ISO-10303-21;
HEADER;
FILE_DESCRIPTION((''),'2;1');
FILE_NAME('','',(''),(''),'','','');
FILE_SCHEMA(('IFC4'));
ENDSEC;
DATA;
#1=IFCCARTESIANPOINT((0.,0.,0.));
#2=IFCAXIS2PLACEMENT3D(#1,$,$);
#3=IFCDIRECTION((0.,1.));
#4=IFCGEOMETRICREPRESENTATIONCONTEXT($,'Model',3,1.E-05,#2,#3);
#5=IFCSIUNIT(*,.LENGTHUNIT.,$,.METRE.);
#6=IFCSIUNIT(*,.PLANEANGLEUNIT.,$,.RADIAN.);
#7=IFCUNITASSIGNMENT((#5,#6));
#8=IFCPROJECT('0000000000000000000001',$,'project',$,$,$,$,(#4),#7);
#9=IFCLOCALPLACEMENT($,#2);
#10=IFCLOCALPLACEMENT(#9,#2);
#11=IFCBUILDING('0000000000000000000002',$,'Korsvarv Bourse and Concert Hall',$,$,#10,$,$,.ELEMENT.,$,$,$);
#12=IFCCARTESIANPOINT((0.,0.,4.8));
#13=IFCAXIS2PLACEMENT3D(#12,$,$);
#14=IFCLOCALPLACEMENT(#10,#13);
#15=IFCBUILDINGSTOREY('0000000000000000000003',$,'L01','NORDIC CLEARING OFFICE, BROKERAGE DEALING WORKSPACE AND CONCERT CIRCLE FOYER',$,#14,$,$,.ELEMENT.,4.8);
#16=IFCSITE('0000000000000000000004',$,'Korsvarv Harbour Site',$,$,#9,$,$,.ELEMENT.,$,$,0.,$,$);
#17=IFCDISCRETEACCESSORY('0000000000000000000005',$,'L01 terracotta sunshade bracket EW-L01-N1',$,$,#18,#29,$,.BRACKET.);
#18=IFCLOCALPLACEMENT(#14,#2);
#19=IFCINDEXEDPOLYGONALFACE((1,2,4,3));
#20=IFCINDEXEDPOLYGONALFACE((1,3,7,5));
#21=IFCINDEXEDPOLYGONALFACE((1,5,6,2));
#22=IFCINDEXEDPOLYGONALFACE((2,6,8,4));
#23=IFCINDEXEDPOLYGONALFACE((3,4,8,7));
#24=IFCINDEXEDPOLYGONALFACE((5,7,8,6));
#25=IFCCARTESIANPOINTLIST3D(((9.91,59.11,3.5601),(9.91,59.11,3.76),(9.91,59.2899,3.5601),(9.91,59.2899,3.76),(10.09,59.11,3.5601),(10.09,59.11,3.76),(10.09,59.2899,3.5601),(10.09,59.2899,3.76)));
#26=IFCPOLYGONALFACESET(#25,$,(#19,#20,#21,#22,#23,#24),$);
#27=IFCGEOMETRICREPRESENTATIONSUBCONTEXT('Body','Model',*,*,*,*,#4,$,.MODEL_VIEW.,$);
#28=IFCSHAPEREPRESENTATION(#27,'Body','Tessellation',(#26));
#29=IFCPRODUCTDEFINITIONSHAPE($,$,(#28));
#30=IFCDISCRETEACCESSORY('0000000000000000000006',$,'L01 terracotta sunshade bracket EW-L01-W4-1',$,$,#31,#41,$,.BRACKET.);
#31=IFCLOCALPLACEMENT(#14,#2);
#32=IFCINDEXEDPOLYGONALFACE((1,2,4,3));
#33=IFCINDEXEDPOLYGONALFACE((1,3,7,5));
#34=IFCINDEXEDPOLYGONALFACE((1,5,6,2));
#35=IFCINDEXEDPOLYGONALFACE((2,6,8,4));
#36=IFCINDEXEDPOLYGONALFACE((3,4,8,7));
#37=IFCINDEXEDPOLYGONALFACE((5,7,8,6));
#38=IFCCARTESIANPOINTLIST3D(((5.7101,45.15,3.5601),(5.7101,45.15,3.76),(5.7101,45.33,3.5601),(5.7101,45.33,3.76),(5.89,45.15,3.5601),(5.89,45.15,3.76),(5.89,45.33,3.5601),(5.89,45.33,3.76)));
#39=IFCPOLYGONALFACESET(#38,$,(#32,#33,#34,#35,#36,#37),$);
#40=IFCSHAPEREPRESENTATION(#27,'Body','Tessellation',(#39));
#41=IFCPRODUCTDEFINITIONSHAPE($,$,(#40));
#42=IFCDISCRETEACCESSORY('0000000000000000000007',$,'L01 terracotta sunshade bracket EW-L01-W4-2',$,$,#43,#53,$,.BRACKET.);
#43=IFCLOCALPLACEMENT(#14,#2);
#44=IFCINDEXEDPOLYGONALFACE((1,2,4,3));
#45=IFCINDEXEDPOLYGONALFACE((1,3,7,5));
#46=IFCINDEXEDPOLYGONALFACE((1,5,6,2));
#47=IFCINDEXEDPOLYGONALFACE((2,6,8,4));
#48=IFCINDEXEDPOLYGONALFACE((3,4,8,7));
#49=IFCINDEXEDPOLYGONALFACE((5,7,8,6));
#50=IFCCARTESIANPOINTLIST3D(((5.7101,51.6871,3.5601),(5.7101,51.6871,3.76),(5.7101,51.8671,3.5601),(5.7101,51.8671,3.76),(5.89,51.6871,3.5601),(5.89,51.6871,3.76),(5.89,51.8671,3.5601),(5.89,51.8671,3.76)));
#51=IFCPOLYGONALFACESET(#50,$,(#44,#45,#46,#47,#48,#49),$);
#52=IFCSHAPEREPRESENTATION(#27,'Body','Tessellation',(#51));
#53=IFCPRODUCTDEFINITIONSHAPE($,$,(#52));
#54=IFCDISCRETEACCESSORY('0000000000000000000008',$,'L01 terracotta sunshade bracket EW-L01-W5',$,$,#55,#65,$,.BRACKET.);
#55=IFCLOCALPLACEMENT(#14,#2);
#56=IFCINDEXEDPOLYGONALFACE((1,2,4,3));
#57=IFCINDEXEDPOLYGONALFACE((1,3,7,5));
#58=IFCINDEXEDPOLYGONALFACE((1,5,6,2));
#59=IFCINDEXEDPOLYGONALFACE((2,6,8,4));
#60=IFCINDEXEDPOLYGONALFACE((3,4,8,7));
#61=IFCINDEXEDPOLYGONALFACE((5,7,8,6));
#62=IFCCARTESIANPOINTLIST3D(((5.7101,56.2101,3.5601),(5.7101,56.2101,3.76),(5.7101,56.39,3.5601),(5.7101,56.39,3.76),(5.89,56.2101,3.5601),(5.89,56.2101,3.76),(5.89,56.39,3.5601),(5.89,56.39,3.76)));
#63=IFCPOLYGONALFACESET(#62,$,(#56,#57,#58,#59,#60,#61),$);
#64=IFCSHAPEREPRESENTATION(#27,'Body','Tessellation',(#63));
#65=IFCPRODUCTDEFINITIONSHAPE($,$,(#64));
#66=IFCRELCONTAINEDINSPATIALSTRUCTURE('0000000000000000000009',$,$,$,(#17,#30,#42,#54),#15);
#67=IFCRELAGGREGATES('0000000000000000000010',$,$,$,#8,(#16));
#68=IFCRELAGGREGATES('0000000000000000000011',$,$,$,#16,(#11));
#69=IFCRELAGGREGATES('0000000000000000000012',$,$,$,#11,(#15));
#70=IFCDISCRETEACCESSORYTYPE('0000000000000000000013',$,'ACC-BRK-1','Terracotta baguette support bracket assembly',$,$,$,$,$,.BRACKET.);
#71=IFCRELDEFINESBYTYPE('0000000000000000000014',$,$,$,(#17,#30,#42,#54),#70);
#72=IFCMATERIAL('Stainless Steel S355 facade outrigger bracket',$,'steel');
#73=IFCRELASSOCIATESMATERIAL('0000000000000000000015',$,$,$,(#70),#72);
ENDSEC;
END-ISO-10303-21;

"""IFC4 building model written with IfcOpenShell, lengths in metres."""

from ifc_helpers import new_model, si_unit, direction, frame, origin, origin_2d, place, context, subcontext, project, spatial, rectangle, extrude, source, transform, mapped, material, type_object, element, save


model = new_model("IFC4")

# Units and contexts
model_context = context("Model", 3, precision=1e-05, world=origin(), true_north=direction((0.0, 1.0)))
body_context = subcontext(model_context, "Body", "Model", "MODEL_VIEW")
ifc_project = project(units=[si_unit("LENGTHUNIT", "METRE"), si_unit("PLANEANGLEUNIT", "RADIAN")], contexts=[model_context])

# Site, building, storey
site_placement = place(None, origin())
site = spatial("IfcSite", under=ifc_project, at=site_placement, Name="Korsvarv Harbour Site", CompositionType="ELEMENT", RefElevation=0.0)
building_placement = place(site_placement, origin())
building = spatial("IfcBuilding", under=site, at=building_placement, Name="Korsvarv Bourse and Concert Hall", CompositionType="ELEMENT")
storey_placement = place(building_placement, frame((0.0, 0.0, 4.8)))
storey = spatial("IfcBuildingStorey", under=building, at=storey_placement, Name="L01", Description="NORDIC CLEARING OFFICE, BROKERAGE DEALING WORKSPACE AND CONCERT CIRCLE FOYER", CompositionType="ELEMENT", Elevation=4.8)

# Discrete accessories
ifc_material_1 = material(Name="Stainless Steel S355 facade outrigger bracket", Category="steel")
discrete_accessory_type = type_object("IfcDiscreteAccessoryType", Name="ACC-BRK-1", Description="Terracotta baguette support bracket assembly", PredefinedType="BRACKET", material=ifc_material_1)
shared_shape_1 = source(origin(), body_context, "Body", "SweptSolid", [
    extrude(rectangle(XDim=0.1799, YDim=0.1799, at=origin_2d()), origin(), (0.0, 0.0, 1.0), 0.2),
])
for number, where, z_axis, x_axis, name in (
    (1, (10.0, 59.2, 3.5601), (0.0, 0.0, 1.0), (1.0, 0.0, 0.0), "L01 terracotta sunshade bracket EW-L01-N1"),
    (2, (5.8, 45.24, 3.5601), (0.0, 0.0, 1.0), (0.0, 1.0, 0.0), "L01 terracotta sunshade bracket EW-L01-W4-1"),
    (3, (5.8, 51.7771, 3.5601), (0.0, 0.0, 1.0), (0.0, 1.0, 0.0), "L01 terracotta sunshade bracket EW-L01-W4-2"),
    (4, (5.8, 56.3, 3.5601), (0.0, 0.0, 1.0), (0.0, 1.0, 0.0), "L01 terracotta sunshade bracket EW-L01-W5"),
):
    element("IfcDiscreteAccessory", number, at=place(storey_placement, frame(where, z_axis=z_axis, x_axis=x_axis)), inside=storey, type_object=discrete_accessory_type, Name=name, PredefinedType="BRACKET", context=body_context, shape_type="MappedRepresentation", body=[
        mapped(shared_shape_1, transform((0.0, 0.0, 0.0), scale=1.0)),
    ])

save(model, "model.ifc")
